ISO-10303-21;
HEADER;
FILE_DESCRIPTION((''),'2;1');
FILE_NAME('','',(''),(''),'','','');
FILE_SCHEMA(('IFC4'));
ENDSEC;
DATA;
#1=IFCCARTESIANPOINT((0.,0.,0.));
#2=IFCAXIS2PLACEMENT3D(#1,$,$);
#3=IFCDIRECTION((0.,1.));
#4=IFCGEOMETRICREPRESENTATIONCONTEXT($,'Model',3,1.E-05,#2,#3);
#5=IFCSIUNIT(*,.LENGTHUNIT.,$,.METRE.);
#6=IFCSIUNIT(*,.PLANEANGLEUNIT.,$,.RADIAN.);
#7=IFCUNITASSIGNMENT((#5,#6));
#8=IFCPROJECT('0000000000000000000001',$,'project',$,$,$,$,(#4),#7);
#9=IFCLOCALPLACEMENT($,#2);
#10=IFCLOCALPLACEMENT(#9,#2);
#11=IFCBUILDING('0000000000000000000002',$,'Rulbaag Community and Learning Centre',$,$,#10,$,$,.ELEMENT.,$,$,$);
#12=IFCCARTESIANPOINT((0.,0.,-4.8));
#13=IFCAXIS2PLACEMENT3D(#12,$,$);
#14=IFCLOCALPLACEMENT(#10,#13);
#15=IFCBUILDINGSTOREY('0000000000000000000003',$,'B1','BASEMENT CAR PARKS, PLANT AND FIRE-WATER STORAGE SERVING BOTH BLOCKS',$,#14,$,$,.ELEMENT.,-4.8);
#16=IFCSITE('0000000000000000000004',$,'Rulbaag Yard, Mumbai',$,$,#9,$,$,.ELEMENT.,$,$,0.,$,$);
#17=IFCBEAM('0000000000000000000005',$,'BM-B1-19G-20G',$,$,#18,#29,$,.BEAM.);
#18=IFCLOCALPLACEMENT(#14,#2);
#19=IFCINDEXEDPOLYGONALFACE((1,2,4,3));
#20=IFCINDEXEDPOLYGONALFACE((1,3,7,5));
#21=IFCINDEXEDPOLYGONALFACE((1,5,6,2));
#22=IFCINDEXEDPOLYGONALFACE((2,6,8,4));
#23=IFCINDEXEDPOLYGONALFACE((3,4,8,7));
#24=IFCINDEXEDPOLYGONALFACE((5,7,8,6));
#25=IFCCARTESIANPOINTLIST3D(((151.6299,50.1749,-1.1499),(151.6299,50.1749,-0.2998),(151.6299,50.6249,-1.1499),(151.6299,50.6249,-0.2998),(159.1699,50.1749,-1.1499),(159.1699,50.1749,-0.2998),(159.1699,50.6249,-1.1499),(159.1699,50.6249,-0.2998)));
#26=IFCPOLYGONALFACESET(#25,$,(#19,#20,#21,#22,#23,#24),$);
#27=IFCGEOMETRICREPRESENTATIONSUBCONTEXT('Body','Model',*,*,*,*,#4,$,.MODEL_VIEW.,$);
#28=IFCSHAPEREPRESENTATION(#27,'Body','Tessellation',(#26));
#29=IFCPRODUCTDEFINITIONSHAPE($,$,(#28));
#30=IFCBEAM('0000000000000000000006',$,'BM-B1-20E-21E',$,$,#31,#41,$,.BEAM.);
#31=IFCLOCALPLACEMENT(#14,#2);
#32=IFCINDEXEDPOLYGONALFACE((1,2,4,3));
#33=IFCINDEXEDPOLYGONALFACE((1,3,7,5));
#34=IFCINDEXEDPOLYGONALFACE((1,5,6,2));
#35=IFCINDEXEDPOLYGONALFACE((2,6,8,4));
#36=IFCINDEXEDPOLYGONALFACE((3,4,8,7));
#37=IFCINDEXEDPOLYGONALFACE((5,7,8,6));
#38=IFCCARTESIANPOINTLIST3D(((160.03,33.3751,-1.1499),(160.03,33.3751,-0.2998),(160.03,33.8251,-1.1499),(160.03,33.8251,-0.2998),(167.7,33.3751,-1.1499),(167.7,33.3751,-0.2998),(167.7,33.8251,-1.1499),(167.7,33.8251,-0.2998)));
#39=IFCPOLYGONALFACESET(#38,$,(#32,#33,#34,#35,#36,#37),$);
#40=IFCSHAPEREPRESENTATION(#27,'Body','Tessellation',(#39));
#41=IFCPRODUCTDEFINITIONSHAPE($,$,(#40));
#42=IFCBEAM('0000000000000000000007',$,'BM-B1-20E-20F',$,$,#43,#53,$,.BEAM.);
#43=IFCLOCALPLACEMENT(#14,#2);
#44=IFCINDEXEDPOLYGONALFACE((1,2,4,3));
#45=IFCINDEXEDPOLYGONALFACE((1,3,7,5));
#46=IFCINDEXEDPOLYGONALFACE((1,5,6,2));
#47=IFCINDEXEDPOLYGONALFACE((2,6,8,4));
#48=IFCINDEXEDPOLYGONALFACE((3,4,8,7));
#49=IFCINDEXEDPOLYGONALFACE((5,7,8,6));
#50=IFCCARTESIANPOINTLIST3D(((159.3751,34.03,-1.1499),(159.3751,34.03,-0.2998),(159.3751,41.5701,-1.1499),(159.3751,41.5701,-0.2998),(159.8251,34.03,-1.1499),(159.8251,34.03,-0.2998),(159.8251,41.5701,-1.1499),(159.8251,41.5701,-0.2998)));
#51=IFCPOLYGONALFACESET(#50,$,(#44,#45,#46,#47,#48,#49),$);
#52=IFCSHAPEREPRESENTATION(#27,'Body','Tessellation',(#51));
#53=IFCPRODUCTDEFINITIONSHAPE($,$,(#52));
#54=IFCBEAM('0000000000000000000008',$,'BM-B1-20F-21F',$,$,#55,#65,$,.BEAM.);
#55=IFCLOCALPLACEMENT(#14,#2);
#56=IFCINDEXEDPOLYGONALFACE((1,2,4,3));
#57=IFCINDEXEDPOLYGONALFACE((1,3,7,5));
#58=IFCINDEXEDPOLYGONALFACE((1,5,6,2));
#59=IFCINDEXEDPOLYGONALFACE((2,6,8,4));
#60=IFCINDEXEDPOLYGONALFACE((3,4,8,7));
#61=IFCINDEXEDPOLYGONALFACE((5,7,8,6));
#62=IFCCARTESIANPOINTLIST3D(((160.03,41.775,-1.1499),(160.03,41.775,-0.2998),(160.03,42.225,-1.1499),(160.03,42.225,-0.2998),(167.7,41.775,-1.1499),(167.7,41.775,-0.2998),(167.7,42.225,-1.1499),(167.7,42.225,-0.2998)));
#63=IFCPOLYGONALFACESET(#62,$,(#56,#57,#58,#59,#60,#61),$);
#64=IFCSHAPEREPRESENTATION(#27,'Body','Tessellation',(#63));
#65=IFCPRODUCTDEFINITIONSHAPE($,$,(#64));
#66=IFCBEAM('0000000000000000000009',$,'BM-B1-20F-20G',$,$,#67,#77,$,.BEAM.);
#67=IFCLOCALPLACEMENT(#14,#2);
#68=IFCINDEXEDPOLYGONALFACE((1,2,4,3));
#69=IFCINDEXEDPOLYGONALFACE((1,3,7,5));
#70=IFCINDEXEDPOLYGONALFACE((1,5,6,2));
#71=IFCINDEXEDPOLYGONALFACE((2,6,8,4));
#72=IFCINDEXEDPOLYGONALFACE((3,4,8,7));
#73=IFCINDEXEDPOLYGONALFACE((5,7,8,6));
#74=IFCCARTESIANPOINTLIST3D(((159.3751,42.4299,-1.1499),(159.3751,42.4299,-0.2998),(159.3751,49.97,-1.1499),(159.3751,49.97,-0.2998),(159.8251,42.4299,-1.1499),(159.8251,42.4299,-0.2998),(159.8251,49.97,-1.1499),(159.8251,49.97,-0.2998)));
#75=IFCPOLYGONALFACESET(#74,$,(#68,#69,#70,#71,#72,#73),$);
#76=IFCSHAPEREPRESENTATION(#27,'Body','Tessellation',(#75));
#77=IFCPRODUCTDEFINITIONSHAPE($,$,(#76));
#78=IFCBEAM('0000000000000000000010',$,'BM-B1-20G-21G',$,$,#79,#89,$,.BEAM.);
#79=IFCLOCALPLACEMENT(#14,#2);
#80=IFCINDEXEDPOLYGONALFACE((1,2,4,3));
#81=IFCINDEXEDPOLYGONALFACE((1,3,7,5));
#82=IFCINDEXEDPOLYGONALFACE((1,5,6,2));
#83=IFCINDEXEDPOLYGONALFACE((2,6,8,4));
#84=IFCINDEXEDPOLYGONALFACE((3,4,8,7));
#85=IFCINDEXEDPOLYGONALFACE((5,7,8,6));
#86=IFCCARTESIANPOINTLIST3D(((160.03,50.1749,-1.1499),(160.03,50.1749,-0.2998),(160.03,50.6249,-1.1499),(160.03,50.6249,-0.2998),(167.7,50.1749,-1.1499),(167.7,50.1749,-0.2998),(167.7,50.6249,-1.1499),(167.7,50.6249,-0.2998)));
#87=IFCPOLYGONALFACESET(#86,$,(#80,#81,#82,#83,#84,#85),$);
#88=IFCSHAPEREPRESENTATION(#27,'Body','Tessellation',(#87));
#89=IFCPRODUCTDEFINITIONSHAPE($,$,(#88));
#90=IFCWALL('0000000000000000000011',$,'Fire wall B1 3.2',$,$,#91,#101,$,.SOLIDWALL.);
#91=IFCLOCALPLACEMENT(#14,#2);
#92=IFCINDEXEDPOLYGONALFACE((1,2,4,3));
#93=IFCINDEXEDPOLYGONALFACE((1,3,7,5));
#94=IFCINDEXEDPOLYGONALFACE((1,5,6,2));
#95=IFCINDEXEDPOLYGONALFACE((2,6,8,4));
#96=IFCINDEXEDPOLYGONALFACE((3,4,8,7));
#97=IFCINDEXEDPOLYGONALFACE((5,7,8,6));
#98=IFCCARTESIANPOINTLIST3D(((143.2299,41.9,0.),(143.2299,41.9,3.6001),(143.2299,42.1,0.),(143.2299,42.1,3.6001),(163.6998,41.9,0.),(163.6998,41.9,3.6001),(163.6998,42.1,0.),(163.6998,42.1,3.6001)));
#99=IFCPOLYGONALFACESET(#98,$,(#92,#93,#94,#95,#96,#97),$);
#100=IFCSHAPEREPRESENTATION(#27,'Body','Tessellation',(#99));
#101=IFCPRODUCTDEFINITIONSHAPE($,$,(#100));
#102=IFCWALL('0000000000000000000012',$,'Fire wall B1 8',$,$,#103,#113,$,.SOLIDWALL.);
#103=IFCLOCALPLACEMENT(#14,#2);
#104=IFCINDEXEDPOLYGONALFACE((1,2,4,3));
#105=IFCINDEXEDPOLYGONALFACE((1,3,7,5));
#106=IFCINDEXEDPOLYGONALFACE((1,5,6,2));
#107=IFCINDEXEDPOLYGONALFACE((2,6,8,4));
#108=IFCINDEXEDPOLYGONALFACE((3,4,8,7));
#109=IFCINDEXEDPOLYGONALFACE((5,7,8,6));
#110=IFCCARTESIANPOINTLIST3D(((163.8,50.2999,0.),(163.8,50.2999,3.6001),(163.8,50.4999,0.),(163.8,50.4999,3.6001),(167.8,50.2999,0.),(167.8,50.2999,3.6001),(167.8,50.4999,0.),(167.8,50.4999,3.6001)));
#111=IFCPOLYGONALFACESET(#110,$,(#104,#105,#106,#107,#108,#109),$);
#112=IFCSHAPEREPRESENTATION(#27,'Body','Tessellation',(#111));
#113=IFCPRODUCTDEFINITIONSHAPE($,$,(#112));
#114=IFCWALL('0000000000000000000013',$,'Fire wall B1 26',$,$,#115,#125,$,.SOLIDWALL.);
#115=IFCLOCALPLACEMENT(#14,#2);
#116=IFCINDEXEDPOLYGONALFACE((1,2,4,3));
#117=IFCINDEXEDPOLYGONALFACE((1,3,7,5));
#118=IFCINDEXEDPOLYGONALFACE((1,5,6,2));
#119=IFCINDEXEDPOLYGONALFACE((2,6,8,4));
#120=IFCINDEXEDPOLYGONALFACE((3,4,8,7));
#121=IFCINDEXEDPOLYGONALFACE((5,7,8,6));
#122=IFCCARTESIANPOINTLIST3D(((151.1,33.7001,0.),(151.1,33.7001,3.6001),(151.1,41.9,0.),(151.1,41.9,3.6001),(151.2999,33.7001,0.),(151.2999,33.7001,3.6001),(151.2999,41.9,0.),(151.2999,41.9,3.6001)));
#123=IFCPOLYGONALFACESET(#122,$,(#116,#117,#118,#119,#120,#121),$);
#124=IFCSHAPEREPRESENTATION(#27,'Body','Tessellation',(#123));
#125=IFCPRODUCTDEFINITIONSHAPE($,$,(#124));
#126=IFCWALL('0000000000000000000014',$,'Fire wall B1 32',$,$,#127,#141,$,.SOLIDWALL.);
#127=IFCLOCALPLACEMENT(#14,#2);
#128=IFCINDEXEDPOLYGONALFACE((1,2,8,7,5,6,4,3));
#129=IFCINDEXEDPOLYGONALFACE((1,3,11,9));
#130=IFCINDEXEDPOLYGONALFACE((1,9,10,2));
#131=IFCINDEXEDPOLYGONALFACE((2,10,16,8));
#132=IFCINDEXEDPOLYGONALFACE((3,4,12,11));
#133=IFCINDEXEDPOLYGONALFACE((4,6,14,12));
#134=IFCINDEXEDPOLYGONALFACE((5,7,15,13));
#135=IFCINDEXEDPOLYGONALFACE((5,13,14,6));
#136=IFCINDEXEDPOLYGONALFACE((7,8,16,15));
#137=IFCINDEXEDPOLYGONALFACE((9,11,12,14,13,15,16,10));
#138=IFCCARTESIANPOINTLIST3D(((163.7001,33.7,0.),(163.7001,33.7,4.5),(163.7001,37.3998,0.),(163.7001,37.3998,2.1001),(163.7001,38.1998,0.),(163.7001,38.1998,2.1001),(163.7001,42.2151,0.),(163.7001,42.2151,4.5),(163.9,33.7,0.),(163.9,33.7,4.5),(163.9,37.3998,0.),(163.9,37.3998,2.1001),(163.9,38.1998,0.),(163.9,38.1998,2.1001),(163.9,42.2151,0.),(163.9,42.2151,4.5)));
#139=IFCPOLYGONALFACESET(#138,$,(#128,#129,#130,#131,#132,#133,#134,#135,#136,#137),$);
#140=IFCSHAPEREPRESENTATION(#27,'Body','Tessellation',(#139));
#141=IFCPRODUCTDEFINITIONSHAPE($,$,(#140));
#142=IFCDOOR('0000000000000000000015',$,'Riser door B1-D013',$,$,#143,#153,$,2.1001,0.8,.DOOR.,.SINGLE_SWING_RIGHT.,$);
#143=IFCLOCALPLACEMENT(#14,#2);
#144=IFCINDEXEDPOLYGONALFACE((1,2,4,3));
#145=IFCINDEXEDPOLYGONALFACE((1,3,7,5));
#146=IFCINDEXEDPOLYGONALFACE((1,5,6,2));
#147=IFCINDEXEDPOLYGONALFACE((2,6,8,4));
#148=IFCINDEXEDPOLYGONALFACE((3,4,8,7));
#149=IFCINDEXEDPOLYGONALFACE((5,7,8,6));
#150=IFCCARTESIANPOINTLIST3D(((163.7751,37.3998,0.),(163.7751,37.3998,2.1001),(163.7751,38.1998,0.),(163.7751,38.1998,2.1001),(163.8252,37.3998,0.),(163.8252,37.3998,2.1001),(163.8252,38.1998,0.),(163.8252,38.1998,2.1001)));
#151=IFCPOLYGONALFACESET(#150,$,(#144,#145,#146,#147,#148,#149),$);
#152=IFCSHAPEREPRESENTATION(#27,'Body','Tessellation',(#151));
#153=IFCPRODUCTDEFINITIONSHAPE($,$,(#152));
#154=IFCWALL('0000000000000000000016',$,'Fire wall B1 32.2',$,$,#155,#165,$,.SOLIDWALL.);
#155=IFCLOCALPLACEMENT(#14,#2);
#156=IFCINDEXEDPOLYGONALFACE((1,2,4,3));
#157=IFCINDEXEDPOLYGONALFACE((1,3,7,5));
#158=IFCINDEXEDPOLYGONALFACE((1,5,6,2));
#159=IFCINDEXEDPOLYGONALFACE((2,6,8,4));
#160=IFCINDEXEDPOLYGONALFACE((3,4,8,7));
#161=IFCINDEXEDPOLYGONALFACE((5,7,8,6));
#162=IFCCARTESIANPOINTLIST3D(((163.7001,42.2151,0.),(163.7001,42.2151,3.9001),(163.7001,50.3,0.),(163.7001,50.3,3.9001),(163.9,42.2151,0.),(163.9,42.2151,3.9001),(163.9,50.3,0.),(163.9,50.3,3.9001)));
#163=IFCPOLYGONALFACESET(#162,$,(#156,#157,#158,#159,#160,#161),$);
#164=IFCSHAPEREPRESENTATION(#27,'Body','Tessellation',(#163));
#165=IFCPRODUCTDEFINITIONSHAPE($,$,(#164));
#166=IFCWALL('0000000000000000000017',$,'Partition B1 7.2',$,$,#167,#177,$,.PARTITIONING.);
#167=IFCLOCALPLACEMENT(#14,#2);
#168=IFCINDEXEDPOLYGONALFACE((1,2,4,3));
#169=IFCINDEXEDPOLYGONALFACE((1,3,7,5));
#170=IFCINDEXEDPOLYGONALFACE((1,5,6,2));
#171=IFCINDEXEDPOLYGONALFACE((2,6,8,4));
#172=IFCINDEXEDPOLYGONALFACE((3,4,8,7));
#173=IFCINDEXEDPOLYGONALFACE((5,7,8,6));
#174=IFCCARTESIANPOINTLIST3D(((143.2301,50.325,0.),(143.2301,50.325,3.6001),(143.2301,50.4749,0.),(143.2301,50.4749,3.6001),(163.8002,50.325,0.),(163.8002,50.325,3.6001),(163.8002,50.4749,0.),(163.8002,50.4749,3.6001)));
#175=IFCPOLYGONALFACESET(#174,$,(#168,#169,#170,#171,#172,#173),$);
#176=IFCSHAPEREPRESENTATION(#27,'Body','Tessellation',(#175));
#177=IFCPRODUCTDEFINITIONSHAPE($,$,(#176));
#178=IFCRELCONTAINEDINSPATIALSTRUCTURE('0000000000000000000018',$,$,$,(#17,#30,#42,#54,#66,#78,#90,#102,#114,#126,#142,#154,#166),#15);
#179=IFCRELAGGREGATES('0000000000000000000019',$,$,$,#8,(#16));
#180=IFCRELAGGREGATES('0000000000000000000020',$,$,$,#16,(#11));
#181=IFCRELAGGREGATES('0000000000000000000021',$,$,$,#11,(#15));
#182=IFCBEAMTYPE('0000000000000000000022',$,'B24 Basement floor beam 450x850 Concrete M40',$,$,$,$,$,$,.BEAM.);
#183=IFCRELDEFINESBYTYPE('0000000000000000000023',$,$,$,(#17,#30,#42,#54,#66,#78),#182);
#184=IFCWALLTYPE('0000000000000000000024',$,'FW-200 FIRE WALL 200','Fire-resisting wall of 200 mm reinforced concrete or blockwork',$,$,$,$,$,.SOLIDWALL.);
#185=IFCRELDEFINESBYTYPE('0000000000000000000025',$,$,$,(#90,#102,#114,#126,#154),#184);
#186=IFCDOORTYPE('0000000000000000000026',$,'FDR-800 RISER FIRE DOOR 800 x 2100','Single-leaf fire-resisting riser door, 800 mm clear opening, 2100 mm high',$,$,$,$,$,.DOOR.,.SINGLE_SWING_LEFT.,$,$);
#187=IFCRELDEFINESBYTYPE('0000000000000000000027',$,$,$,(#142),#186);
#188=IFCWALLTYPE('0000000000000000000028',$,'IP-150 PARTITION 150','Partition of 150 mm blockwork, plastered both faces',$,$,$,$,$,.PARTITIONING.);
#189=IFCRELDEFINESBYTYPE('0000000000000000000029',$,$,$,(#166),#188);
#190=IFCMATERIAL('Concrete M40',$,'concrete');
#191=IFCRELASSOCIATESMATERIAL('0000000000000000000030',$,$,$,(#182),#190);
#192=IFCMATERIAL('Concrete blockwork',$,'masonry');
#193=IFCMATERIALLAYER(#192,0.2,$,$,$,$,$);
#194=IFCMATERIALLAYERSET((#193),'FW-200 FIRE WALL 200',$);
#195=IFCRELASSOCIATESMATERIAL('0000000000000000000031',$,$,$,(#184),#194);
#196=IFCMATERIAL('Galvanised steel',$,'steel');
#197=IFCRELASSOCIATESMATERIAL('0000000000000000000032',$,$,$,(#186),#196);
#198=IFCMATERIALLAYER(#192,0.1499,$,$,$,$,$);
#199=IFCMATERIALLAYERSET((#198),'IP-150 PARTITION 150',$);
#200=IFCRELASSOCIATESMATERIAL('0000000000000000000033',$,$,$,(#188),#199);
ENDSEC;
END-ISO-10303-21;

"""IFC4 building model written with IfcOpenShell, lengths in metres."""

from ifc_helpers import new_model, si_unit, direction, frame, frame_2d, origin, origin_2d, place, context, subcontext, project, spatial, rectangle, extrude, material, layer, layer_set, material_profile, profile_set, type_object, element, fill, save


model = new_model("IFC4")

# Units and contexts
model_context = context("Model", 3, precision=1e-05, world=origin(), true_north=direction((0.0, 1.0)))
body_context = subcontext(model_context, "Body", "Model", "MODEL_VIEW")
ifc_project = project(units=[si_unit("LENGTHUNIT", "METRE"), si_unit("PLANEANGLEUNIT", "RADIAN")], contexts=[model_context])

# Site, building, storey
site_placement = place(None, origin())
site = spatial("IfcSite", under=ifc_project, at=site_placement, Name="Rulbaag Yard, Mumbai", CompositionType="ELEMENT", RefElevation=0.0)
building_placement = place(site_placement, origin())
building = spatial("IfcBuilding", under=site, at=building_placement, Name="Rulbaag Community and Learning Centre", CompositionType="ELEMENT")
storey_placement = place(building_placement, frame((0.0, 0.0, -4.8)))
storey = spatial("IfcBuildingStorey", under=building, at=storey_placement, Name="B1", Description="BASEMENT CAR PARKS, PLANT AND FIRE-WATER STORAGE SERVING BOTH BLOCKS", CompositionType="ELEMENT", Elevation=-4.8)

# Beams
ifc_material_1 = material(Name="Concrete M40", Category="concrete")
ifc_material_profile_1 = material_profile(ifc_material_1, rectangle(XDim=0.45, YDim=0.8501, at=origin_2d()), Name="RB450x850")
ifc_profile_set_1 = profile_set([ifc_material_profile_1], Name="Concrete M40")
beam_type = type_object("IfcBeamType", Name="B24 Basement floor beam 450x850 Concrete M40", PredefinedType="BEAM", material=ifc_profile_set_1)
for number, where, z_axis, x_axis, name in (
    (1, (151.6299, 50.3999, -0.7249), (1.0, 0.0, 0.0), (0.0, 1.0, 0.0), "BM-B1-19G-20G"),
):
    element("IfcBeam", number, at=place(storey_placement, frame(where, z_axis=z_axis, x_axis=x_axis)), inside=storey, type_object=beam_type, Name=name, PredefinedType="BEAM", context=body_context, shape_type="SweptSolid", body=[
        extrude(rectangle(XDim=0.45, YDim=0.8501, at=origin_2d()), origin(), (0.0, 0.0, 1.0), 7.54),
    ])
beam_1_placement = place(storey_placement, frame((160.03, 33.6001, -0.7249), z_axis=(1.0, 0.0, 0.0), x_axis=(0.0, 1.0, 0.0)))
element("IfcBeam", 2, at=beam_1_placement, inside=storey, type_object=beam_type, Name="BM-B1-20E-21E", PredefinedType="BEAM", context=body_context, shape_type="SweptSolid", body=[
    extrude(rectangle(XDim=0.45, YDim=0.8501, at=origin_2d()), origin(), (0.0, 0.0, 1.0), 7.6699),
])
beam_2_placement = place(storey_placement, frame((159.6001, 34.03, -0.7249), z_axis=(0.0, 1.0, 0.0), x_axis=(-1.0, 0.0, 0.0)))
element("IfcBeam", 3, at=beam_2_placement, inside=storey, type_object=beam_type, Name="BM-B1-20E-20F", PredefinedType="BEAM", context=body_context, shape_type="SweptSolid", body=[
    extrude(rectangle(XDim=0.45, YDim=0.8501, at=origin_2d()), origin(), (0.0, 0.0, 1.0), 7.54),
])
beam_3_placement = place(storey_placement, frame((160.03, 42.0, -0.7249), z_axis=(1.0, 0.0, 0.0), x_axis=(0.0, 1.0, 0.0)))
element("IfcBeam", 4, at=beam_3_placement, inside=storey, type_object=beam_type, Name="BM-B1-20F-21F", PredefinedType="BEAM", context=body_context, shape_type="SweptSolid", body=[
    extrude(rectangle(XDim=0.45, YDim=0.8501, at=origin_2d()), origin(), (0.0, 0.0, 1.0), 7.6699),
])
beam_4_placement = place(storey_placement, frame((159.6001, 42.4299, -0.7249), z_axis=(0.0, 1.0, 0.0), x_axis=(-1.0, 0.0, 0.0)))
element("IfcBeam", 5, at=beam_4_placement, inside=storey, type_object=beam_type, Name="BM-B1-20F-20G", PredefinedType="BEAM", context=body_context, shape_type="SweptSolid", body=[
    extrude(rectangle(XDim=0.45, YDim=0.8501, at=origin_2d()), origin(), (0.0, 0.0, 1.0), 7.54),
])
beam_5_placement = place(storey_placement, frame((160.03, 50.3999, -0.7249), z_axis=(1.0, 0.0, 0.0), x_axis=(0.0, 1.0, 0.0)))
element("IfcBeam", 6, at=beam_5_placement, inside=storey, type_object=beam_type, Name="BM-B1-20G-21G", PredefinedType="BEAM", context=body_context, shape_type="SweptSolid", body=[
    extrude(rectangle(XDim=0.45, YDim=0.8501, at=origin_2d()), origin(), (0.0, 0.0, 1.0), 7.6699),
])

# Walls
ifc_material_2 = material(Name="Concrete blockwork", Category="masonry")
ifc_layer_1 = layer(ifc_material_2, 0.2)
ifc_layer_set_1 = layer_set([ifc_layer_1], Name="FW-200 FIRE WALL 200")
wall_type_1 = type_object("IfcWallType", Name="FW-200 FIRE WALL 200", Description="Fire-resisting wall of 200 mm reinforced concrete or blockwork", PredefinedType="SOLIDWALL", material=ifc_layer_set_1)
wall_1_placement = place(storey_placement, frame((143.23, 42.0, 0.0), z_axis=(0.0, 0.0, 1.0), x_axis=(1.0, 0.0, 0.0)))
element("IfcWall", 7, at=wall_1_placement, inside=storey, type_object=wall_type_1, Name="Fire wall B1 3.2", PredefinedType="SOLIDWALL", context=body_context, shape_type="SweptSolid", body=[
    extrude(rectangle(XDim=20.47, YDim=0.2, at=frame_2d((10.2349, 0.0))), origin(), (0.0, 0.0, 1.0), 3.6001),
])
wall_2_placement = place(storey_placement, frame((163.8, 50.3999, 0.0), z_axis=(0.0, 0.0, 1.0), x_axis=(1.0, 0.0, 0.0)))
element("IfcWall", 8, at=wall_2_placement, inside=storey, type_object=wall_type_1, Name="Fire wall B1 8", PredefinedType="SOLIDWALL", context=body_context, shape_type="SweptSolid", body=[
    extrude(rectangle(XDim=4.0, YDim=0.2, at=frame_2d((2.0, 0.0))), origin(), (0.0, 0.0, 1.0), 3.6001),
])
wall_3_placement = place(storey_placement, frame((151.2, 33.7, 0.0), z_axis=(0.0, 0.0, 1.0), x_axis=(0.0, 1.0, 0.0)))
element("IfcWall", 9, at=wall_3_placement, inside=storey, type_object=wall_type_1, Name="Fire wall B1 26", PredefinedType="SOLIDWALL", context=body_context, shape_type="SweptSolid", body=[
    extrude(rectangle(XDim=8.2, YDim=0.2, at=frame_2d((4.1001, 0.0))), origin(), (0.0, 0.0, 1.0), 3.6001),
])

# Wall, opening, door
wall_4_placement = place(storey_placement, frame((163.8, 33.7, 0.0), z_axis=(0.0, 0.0, 1.0), x_axis=(0.0, 1.0, 0.0)))
wall_4 = element("IfcWall", 10, at=wall_4_placement, inside=storey, type_object=wall_type_1, Name="Fire wall B1 32", PredefinedType="SOLIDWALL", context=body_context, shape_type="SweptSolid", body=[
    extrude(rectangle(XDim=8.5151, YDim=0.2, at=frame_2d((4.2576, 0.0))), origin(), (0.0, 0.0, 1.0), 4.5),
])
opening_placement = place(wall_4_placement, frame((3.7, 0.0, 0.0)))
opening = element("IfcOpeningElement", 11, at=opening_placement, cuts=wall_4, PredefinedType="OPENING", context=body_context, shape_type="SweptSolid", body=[
    extrude(rectangle(XDim=0.8, YDim=2.1001, at=frame_2d((0.3999, 1.05))), frame((0.0, 0.1099, 0.0), z_axis=(0.0, -1.0, 0.0), x_axis=(1.0, 0.0, 0.0)), (0.0, 0.0, 1.0), 0.22),
])
ifc_material_3 = material(Name="Galvanised steel", Category="steel")
door_type = type_object("IfcDoorType", Name="FDR-800 RISER FIRE DOOR 800 x 2100", Description="Single-leaf fire-resisting riser door, 800 mm clear opening, 2100 mm high", OperationType="SINGLE_SWING_LEFT", PredefinedType="DOOR", material=ifc_material_3)
door_placement = place(opening_placement, origin())
door = element("IfcDoor", 12, at=door_placement, inside=storey, type_object=door_type, Name="Riser door B1-D013", OperationType="SINGLE_SWING_RIGHT", OverallHeight=2.1001, OverallWidth=0.8, PredefinedType="DOOR", context=body_context, shape_type="SweptSolid", body=[
    extrude(rectangle(XDim=0.8, YDim=2.1001, at=frame_2d((0.3999, 1.05))), frame((0.0, 0.0249, 0.0), z_axis=(0.0, -1.0, 0.0), x_axis=(1.0, 0.0, 0.0)), (0.0, 0.0, 1.0), 0.05),
])
fill(opening, door)

# Walls
wall_5_placement = place(storey_placement, frame((163.8, 42.2151, 0.0), z_axis=(0.0, 0.0, 1.0), x_axis=(0.0, 1.0, 0.0)))
element("IfcWall", 13, at=wall_5_placement, inside=storey, type_object=wall_type_1, Name="Fire wall B1 32.2", PredefinedType="SOLIDWALL", context=body_context, shape_type="SweptSolid", body=[
    extrude(rectangle(XDim=8.085, YDim=0.2, at=frame_2d((4.0425, 0.0))), origin(), (0.0, 0.0, 1.0), 3.9001),
])
ifc_layer_2 = layer(ifc_material_2, 0.1499)
ifc_layer_set_2 = layer_set([ifc_layer_2], Name="IP-150 PARTITION 150")
wall_type_2 = type_object("IfcWallType", Name="IP-150 PARTITION 150", Description="Partition of 150 mm blockwork, plastered both faces", PredefinedType="PARTITIONING", material=ifc_layer_set_2)
wall_6_placement = place(storey_placement, frame((143.23, 50.3999, 0.0), z_axis=(0.0, 0.0, 1.0), x_axis=(1.0, 0.0, 0.0)))
element("IfcWall", 14, at=wall_6_placement, inside=storey, type_object=wall_type_2, Name="Partition B1 7.2", PredefinedType="PARTITIONING", context=body_context, shape_type="SweptSolid", body=[
    extrude(rectangle(XDim=20.5701, YDim=0.1499, at=frame_2d((10.2852, 0.0))), origin(), (0.0, 0.0, 1.0), 3.6001),
])

save(model, "model.ifc")
